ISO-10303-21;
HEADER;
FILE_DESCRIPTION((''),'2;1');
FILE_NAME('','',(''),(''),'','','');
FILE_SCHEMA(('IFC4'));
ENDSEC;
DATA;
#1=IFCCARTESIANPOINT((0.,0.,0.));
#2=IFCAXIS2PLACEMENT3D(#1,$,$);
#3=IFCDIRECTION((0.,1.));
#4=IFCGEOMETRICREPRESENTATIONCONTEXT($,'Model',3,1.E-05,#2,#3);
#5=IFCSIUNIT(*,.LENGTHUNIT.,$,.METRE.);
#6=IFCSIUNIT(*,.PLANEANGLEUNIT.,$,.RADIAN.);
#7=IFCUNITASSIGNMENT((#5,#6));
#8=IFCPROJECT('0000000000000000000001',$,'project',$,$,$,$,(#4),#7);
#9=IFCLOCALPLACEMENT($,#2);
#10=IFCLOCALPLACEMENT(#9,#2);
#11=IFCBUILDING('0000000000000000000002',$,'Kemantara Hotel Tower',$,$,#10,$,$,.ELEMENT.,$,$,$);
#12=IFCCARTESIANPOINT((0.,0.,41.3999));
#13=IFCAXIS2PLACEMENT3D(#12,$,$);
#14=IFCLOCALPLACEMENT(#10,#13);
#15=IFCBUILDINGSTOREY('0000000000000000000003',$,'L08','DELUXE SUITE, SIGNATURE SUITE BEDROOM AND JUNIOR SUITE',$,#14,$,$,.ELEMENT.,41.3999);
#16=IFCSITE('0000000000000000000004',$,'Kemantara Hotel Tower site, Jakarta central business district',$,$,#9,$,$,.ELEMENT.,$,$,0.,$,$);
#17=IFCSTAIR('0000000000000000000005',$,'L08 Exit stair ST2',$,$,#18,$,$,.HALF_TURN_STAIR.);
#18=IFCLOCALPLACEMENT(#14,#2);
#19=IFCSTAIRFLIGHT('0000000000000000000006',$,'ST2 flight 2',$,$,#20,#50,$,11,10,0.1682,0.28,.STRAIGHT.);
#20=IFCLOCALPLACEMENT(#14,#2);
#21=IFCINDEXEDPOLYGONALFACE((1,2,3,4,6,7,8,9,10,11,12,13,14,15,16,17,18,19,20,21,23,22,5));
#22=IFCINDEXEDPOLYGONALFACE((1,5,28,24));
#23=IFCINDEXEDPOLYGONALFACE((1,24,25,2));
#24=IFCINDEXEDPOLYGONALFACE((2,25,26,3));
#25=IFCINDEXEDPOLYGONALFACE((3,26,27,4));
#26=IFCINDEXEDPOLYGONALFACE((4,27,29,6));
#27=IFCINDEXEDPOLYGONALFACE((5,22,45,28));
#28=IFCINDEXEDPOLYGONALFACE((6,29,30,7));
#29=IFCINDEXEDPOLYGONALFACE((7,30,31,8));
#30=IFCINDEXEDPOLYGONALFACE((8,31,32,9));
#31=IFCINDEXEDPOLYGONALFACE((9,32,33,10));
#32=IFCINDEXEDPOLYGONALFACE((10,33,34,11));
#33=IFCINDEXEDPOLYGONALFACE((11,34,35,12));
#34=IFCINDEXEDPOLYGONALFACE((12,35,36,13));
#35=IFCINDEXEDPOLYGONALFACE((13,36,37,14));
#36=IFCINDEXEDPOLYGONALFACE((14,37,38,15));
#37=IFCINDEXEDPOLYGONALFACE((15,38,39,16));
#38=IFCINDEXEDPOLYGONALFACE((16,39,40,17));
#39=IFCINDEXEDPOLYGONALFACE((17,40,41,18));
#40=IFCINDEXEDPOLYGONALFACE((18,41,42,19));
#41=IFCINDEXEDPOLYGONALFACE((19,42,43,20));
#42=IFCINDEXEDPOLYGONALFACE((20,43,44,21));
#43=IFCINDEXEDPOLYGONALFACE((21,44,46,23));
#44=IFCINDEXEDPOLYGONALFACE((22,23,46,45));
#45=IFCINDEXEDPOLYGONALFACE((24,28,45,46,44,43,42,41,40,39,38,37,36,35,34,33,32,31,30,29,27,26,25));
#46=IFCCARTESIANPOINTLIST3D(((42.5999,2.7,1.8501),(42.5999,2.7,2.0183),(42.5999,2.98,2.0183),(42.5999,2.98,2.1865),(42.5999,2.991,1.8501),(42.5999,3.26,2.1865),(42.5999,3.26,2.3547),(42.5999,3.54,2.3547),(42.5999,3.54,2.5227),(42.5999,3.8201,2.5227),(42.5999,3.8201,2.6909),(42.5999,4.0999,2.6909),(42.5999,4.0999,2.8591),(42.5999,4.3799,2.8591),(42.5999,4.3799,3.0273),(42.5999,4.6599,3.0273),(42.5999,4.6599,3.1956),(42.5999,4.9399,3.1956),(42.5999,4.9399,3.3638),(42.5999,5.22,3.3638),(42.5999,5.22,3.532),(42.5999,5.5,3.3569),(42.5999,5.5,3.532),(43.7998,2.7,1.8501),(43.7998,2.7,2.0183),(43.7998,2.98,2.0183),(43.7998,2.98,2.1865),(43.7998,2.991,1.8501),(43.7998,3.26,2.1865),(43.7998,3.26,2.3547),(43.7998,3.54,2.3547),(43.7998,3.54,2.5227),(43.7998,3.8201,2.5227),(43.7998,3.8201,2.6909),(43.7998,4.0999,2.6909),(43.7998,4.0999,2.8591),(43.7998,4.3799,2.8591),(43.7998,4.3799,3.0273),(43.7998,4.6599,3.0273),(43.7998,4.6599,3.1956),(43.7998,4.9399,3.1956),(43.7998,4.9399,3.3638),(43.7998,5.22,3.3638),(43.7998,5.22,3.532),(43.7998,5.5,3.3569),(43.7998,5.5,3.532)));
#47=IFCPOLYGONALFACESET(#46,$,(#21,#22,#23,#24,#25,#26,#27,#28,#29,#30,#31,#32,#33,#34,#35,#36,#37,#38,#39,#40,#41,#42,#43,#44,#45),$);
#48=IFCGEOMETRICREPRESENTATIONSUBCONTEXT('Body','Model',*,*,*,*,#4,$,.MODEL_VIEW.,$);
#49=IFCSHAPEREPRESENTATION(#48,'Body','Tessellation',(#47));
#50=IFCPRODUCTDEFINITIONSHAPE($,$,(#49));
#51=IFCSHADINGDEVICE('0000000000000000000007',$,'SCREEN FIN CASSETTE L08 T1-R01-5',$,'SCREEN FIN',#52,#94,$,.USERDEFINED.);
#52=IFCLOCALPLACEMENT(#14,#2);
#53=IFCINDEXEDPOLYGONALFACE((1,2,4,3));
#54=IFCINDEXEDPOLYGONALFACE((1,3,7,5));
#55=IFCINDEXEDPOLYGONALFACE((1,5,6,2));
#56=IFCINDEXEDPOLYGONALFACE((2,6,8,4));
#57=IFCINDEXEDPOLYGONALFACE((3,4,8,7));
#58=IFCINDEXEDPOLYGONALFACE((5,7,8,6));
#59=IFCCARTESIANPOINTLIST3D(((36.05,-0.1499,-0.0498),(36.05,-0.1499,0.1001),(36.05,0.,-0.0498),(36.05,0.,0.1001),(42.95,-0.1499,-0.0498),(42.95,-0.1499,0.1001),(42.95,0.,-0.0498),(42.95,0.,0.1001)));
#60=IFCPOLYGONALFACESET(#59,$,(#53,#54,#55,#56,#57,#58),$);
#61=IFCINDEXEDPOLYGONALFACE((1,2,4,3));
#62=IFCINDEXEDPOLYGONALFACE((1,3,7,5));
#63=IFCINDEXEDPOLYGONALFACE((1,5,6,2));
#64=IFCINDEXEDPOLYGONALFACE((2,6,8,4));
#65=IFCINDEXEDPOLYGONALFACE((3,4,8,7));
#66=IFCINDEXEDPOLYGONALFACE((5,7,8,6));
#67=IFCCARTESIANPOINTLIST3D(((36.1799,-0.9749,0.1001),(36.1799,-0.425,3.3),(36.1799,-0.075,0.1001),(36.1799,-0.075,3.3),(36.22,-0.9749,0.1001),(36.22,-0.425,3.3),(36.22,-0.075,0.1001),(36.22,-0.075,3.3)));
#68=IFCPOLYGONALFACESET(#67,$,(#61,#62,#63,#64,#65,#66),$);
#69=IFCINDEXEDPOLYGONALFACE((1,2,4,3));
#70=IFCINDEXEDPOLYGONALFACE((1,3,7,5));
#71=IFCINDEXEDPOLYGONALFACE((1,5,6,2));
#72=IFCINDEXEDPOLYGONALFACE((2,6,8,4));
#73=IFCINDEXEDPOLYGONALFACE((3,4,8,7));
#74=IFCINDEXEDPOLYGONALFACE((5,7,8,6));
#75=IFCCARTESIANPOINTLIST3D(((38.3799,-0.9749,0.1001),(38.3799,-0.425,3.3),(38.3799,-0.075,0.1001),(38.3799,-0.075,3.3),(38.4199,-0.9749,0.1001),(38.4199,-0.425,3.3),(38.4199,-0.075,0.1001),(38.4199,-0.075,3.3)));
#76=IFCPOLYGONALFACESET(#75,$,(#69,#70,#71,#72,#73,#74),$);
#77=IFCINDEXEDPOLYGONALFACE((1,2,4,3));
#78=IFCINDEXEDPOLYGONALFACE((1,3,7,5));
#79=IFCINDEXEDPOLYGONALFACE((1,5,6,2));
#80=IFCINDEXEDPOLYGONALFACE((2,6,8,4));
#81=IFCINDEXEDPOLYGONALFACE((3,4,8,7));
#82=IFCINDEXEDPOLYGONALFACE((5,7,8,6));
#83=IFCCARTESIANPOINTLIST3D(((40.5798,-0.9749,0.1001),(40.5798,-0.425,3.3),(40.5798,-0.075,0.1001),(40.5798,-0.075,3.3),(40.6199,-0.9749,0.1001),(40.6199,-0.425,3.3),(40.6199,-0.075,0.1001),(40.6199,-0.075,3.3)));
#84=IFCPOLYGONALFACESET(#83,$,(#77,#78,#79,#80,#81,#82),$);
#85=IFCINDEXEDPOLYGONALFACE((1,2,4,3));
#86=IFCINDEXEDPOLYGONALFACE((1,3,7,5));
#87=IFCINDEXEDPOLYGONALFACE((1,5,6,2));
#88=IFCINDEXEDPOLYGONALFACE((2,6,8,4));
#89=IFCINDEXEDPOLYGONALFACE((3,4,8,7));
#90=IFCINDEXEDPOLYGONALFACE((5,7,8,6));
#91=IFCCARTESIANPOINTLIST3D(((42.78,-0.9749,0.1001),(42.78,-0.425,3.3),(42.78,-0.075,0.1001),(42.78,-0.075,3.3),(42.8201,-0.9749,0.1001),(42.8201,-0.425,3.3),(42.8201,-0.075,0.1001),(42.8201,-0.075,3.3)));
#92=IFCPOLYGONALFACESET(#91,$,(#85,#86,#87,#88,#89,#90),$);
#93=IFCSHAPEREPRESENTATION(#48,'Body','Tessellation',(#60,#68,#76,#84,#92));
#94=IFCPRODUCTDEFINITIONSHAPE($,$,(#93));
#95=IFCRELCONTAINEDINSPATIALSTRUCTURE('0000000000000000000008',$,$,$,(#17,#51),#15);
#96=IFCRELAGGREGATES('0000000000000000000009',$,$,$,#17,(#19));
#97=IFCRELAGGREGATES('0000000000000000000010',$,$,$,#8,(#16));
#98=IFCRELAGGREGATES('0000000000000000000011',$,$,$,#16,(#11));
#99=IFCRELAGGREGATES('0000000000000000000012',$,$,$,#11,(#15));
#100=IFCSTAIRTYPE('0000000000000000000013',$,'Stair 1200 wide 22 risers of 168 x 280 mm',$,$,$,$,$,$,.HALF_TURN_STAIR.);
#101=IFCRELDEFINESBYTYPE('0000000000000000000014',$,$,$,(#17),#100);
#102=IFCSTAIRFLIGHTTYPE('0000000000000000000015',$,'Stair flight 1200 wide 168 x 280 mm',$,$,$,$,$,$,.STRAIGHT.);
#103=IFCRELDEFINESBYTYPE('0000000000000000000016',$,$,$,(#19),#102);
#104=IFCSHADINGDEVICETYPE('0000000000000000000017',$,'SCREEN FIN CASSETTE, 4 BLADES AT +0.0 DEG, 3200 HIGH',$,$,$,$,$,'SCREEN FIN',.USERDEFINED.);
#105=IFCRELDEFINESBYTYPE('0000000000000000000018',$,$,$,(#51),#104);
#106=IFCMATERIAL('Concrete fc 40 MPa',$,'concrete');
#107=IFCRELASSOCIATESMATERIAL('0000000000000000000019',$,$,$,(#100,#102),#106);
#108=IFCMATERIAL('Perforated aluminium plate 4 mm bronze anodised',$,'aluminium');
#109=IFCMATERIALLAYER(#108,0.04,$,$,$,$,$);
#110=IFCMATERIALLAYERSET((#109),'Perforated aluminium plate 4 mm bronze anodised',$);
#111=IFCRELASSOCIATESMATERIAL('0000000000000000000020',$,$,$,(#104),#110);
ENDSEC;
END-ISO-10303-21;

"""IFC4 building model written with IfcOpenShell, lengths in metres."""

from ifc_helpers import new_model, si_unit, direction, frame, origin, origin_2d, place, context, subcontext, project, spatial, polyline, rectangle, outline, extrude, source, transform, mapped, material, layer, layer_set, type_object, element, aggregate, save


model = new_model("IFC4")

# Units and contexts
model_context = context("Model", 3, precision=1e-05, world=origin(), true_north=direction((0.0, 1.0)))
body_context = subcontext(model_context, "Body", "Model", "MODEL_VIEW")
ifc_project = project(units=[si_unit("LENGTHUNIT", "METRE"), si_unit("PLANEANGLEUNIT", "RADIAN")], contexts=[model_context])

# Site, building, storey
site_placement = place(None, origin())
site = spatial("IfcSite", under=ifc_project, at=site_placement, Name="Kemantara Hotel Tower site, Jakarta central business district", CompositionType="ELEMENT", RefElevation=0.0)
building_placement = place(site_placement, origin())
building = spatial("IfcBuilding", under=site, at=building_placement, Name="Kemantara Hotel Tower", CompositionType="ELEMENT")
storey_placement = place(building_placement, frame((0.0, 0.0, 41.3999)))
storey = spatial("IfcBuildingStorey", under=building, at=storey_placement, Name="L08", Description="DELUXE SUITE, SIGNATURE SUITE BEDROOM AND JUNIOR SUITE", CompositionType="ELEMENT", Elevation=41.3999)

# Stair, stair flight
ifc_material_1 = material(Name="Concrete fc 40 MPa", Category="concrete")
stair_type = type_object("IfcStairType", Name="Stair 1200 wide 22 risers of 168 x 280 mm", PredefinedType="HALF_TURN_STAIR", material=ifc_material_1)
stair_placement = place(storey_placement, origin())
stair = element("IfcStair", 1, at=stair_placement, inside=storey, type_object=stair_type, Name="L08 Exit stair ST2", PredefinedType="HALF_TURN_STAIR")
stair_flight_type = type_object("IfcStairFlightType", Name="Stair flight 1200 wide 168 x 280 mm", PredefinedType="STRAIGHT", material=ifc_material_1)
stair_flight_1_placement = place(storey_placement, frame((43.2, 2.7, 1.8501), z_axis=(0.0, 0.0, 1.0), x_axis=(0.0, 1.0, 0.0)))
stair_flight_1 = element("IfcStairFlight", 2, at=stair_flight_1_placement, type_object=stair_flight_type, Name="ST2 flight 2", NumberOfRisers=11, NumberOfTreads=10, PredefinedType="STRAIGHT", RiserHeight=0.1682, TreadLength=0.28, context=body_context, shape_type="SweptSolid", body=[
    extrude(outline(polyline([(0.0, 0.0), (0.0, 0.1682), (0.28, 0.1682), (0.28, 0.3364), (0.5601, 0.3364), (0.5601, 0.5046), (0.8401, 0.5046), (0.8401, 0.6726), (1.1201, 0.6726), (1.1201, 0.8408), (1.3999, 0.8408), (1.3999, 1.009), (1.6799, 1.009), (1.6799, 1.1772), (1.96, 1.1772), (1.96, 1.3455), (2.24, 1.3455), (2.24, 1.5137), (2.52, 1.5137), (2.52, 1.6819), (2.8, 1.6819), (2.8, 1.8501), (2.8, 1.5068), (0.291, 0.0), (0.0, 0.0)])), frame((0.0, 0.6001, 0.0), z_axis=(0.0, -1.0, 0.0), x_axis=(1.0, 0.0, 0.0)), (0.0, 0.0, 1.0), 1.2),
])
aggregate(stair, [stair_flight_1])

# Shading device
ifc_material_2 = material(Name="Perforated aluminium plate 4 mm bronze anodised", Category="aluminium")
ifc_layer_1 = layer(ifc_material_2, 0.04)
ifc_layer_set_1 = layer_set([ifc_layer_1], Name="Perforated aluminium plate 4 mm bronze anodised")
shading_device_type = type_object("IfcShadingDeviceType", Name="SCREEN FIN CASSETTE, 4 BLADES AT +0.0 DEG, 3200 HIGH", ElementType="SCREEN FIN", PredefinedType="USERDEFINED", material=ifc_layer_set_1)
shared_shape = source(origin(), body_context, "Body", "SweptSolid", [
    extrude(rectangle(XDim=6.8999, YDim=0.1499, at=origin_2d()), frame((3.3, -0.075, -0.1499), z_axis=(0.0, 0.0, 1.0), x_axis=(1.0, 0.0, 0.0)), (0.0, 0.0, 1.0), 0.1499),
    extrude(outline(polyline([(0.0, 0.0), (0.8999, 0.0), (0.3501, 3.2), (0.0, 3.2), (0.0, 0.0)])), frame((0.02, -0.075, 0.0), z_axis=(-1.0, 0.0, 0.0), x_axis=(0.0, -1.0, 0.0)), (0.0, 0.0, 1.0), 0.04),
    extrude(outline(polyline([(0.0, 0.0), (0.8999, 0.0), (0.3501, 3.2), (0.0, 3.2), (0.0, 0.0)])), frame((2.22, -0.075, 0.0), z_axis=(-1.0, 0.0, 0.0), x_axis=(0.0, -1.0, 0.0)), (0.0, 0.0, 1.0), 0.04),
    extrude(outline(polyline([(0.0, 0.0), (0.8999, 0.0), (0.3501, 3.2), (0.0, 3.2), (0.0, 0.0)])), frame((4.4199, -0.075, 0.0), z_axis=(-1.0, 0.0, 0.0), x_axis=(0.0, -1.0, 0.0)), (0.0, 0.0, 1.0), 0.04),
    extrude(outline(polyline([(0.0, 0.0), (0.8999, 0.0), (0.3501, 3.2), (0.0, 3.2), (0.0, 0.0)])), frame((6.6201, -0.075, 0.0), z_axis=(-1.0, 0.0, 0.0), x_axis=(0.0, -1.0, 0.0)), (0.0, 0.0, 1.0), 0.04),
])
shading_device_placement = place(storey_placement, frame((36.2, 0.0, 0.1001), z_axis=(0.0, 0.0, 1.0), x_axis=(1.0, 0.0, 0.0)))
element("IfcShadingDevice", 3, at=shading_device_placement, inside=storey, type_object=shading_device_type, Name="SCREEN FIN CASSETTE L08 T1-R01-5", ObjectType="SCREEN FIN", PredefinedType="USERDEFINED", context=body_context, shape_type="MappedRepresentation", body=[
    mapped(shared_shape, transform((0.0, 0.0, 0.0))),
])

save(model, "model.ifc")
